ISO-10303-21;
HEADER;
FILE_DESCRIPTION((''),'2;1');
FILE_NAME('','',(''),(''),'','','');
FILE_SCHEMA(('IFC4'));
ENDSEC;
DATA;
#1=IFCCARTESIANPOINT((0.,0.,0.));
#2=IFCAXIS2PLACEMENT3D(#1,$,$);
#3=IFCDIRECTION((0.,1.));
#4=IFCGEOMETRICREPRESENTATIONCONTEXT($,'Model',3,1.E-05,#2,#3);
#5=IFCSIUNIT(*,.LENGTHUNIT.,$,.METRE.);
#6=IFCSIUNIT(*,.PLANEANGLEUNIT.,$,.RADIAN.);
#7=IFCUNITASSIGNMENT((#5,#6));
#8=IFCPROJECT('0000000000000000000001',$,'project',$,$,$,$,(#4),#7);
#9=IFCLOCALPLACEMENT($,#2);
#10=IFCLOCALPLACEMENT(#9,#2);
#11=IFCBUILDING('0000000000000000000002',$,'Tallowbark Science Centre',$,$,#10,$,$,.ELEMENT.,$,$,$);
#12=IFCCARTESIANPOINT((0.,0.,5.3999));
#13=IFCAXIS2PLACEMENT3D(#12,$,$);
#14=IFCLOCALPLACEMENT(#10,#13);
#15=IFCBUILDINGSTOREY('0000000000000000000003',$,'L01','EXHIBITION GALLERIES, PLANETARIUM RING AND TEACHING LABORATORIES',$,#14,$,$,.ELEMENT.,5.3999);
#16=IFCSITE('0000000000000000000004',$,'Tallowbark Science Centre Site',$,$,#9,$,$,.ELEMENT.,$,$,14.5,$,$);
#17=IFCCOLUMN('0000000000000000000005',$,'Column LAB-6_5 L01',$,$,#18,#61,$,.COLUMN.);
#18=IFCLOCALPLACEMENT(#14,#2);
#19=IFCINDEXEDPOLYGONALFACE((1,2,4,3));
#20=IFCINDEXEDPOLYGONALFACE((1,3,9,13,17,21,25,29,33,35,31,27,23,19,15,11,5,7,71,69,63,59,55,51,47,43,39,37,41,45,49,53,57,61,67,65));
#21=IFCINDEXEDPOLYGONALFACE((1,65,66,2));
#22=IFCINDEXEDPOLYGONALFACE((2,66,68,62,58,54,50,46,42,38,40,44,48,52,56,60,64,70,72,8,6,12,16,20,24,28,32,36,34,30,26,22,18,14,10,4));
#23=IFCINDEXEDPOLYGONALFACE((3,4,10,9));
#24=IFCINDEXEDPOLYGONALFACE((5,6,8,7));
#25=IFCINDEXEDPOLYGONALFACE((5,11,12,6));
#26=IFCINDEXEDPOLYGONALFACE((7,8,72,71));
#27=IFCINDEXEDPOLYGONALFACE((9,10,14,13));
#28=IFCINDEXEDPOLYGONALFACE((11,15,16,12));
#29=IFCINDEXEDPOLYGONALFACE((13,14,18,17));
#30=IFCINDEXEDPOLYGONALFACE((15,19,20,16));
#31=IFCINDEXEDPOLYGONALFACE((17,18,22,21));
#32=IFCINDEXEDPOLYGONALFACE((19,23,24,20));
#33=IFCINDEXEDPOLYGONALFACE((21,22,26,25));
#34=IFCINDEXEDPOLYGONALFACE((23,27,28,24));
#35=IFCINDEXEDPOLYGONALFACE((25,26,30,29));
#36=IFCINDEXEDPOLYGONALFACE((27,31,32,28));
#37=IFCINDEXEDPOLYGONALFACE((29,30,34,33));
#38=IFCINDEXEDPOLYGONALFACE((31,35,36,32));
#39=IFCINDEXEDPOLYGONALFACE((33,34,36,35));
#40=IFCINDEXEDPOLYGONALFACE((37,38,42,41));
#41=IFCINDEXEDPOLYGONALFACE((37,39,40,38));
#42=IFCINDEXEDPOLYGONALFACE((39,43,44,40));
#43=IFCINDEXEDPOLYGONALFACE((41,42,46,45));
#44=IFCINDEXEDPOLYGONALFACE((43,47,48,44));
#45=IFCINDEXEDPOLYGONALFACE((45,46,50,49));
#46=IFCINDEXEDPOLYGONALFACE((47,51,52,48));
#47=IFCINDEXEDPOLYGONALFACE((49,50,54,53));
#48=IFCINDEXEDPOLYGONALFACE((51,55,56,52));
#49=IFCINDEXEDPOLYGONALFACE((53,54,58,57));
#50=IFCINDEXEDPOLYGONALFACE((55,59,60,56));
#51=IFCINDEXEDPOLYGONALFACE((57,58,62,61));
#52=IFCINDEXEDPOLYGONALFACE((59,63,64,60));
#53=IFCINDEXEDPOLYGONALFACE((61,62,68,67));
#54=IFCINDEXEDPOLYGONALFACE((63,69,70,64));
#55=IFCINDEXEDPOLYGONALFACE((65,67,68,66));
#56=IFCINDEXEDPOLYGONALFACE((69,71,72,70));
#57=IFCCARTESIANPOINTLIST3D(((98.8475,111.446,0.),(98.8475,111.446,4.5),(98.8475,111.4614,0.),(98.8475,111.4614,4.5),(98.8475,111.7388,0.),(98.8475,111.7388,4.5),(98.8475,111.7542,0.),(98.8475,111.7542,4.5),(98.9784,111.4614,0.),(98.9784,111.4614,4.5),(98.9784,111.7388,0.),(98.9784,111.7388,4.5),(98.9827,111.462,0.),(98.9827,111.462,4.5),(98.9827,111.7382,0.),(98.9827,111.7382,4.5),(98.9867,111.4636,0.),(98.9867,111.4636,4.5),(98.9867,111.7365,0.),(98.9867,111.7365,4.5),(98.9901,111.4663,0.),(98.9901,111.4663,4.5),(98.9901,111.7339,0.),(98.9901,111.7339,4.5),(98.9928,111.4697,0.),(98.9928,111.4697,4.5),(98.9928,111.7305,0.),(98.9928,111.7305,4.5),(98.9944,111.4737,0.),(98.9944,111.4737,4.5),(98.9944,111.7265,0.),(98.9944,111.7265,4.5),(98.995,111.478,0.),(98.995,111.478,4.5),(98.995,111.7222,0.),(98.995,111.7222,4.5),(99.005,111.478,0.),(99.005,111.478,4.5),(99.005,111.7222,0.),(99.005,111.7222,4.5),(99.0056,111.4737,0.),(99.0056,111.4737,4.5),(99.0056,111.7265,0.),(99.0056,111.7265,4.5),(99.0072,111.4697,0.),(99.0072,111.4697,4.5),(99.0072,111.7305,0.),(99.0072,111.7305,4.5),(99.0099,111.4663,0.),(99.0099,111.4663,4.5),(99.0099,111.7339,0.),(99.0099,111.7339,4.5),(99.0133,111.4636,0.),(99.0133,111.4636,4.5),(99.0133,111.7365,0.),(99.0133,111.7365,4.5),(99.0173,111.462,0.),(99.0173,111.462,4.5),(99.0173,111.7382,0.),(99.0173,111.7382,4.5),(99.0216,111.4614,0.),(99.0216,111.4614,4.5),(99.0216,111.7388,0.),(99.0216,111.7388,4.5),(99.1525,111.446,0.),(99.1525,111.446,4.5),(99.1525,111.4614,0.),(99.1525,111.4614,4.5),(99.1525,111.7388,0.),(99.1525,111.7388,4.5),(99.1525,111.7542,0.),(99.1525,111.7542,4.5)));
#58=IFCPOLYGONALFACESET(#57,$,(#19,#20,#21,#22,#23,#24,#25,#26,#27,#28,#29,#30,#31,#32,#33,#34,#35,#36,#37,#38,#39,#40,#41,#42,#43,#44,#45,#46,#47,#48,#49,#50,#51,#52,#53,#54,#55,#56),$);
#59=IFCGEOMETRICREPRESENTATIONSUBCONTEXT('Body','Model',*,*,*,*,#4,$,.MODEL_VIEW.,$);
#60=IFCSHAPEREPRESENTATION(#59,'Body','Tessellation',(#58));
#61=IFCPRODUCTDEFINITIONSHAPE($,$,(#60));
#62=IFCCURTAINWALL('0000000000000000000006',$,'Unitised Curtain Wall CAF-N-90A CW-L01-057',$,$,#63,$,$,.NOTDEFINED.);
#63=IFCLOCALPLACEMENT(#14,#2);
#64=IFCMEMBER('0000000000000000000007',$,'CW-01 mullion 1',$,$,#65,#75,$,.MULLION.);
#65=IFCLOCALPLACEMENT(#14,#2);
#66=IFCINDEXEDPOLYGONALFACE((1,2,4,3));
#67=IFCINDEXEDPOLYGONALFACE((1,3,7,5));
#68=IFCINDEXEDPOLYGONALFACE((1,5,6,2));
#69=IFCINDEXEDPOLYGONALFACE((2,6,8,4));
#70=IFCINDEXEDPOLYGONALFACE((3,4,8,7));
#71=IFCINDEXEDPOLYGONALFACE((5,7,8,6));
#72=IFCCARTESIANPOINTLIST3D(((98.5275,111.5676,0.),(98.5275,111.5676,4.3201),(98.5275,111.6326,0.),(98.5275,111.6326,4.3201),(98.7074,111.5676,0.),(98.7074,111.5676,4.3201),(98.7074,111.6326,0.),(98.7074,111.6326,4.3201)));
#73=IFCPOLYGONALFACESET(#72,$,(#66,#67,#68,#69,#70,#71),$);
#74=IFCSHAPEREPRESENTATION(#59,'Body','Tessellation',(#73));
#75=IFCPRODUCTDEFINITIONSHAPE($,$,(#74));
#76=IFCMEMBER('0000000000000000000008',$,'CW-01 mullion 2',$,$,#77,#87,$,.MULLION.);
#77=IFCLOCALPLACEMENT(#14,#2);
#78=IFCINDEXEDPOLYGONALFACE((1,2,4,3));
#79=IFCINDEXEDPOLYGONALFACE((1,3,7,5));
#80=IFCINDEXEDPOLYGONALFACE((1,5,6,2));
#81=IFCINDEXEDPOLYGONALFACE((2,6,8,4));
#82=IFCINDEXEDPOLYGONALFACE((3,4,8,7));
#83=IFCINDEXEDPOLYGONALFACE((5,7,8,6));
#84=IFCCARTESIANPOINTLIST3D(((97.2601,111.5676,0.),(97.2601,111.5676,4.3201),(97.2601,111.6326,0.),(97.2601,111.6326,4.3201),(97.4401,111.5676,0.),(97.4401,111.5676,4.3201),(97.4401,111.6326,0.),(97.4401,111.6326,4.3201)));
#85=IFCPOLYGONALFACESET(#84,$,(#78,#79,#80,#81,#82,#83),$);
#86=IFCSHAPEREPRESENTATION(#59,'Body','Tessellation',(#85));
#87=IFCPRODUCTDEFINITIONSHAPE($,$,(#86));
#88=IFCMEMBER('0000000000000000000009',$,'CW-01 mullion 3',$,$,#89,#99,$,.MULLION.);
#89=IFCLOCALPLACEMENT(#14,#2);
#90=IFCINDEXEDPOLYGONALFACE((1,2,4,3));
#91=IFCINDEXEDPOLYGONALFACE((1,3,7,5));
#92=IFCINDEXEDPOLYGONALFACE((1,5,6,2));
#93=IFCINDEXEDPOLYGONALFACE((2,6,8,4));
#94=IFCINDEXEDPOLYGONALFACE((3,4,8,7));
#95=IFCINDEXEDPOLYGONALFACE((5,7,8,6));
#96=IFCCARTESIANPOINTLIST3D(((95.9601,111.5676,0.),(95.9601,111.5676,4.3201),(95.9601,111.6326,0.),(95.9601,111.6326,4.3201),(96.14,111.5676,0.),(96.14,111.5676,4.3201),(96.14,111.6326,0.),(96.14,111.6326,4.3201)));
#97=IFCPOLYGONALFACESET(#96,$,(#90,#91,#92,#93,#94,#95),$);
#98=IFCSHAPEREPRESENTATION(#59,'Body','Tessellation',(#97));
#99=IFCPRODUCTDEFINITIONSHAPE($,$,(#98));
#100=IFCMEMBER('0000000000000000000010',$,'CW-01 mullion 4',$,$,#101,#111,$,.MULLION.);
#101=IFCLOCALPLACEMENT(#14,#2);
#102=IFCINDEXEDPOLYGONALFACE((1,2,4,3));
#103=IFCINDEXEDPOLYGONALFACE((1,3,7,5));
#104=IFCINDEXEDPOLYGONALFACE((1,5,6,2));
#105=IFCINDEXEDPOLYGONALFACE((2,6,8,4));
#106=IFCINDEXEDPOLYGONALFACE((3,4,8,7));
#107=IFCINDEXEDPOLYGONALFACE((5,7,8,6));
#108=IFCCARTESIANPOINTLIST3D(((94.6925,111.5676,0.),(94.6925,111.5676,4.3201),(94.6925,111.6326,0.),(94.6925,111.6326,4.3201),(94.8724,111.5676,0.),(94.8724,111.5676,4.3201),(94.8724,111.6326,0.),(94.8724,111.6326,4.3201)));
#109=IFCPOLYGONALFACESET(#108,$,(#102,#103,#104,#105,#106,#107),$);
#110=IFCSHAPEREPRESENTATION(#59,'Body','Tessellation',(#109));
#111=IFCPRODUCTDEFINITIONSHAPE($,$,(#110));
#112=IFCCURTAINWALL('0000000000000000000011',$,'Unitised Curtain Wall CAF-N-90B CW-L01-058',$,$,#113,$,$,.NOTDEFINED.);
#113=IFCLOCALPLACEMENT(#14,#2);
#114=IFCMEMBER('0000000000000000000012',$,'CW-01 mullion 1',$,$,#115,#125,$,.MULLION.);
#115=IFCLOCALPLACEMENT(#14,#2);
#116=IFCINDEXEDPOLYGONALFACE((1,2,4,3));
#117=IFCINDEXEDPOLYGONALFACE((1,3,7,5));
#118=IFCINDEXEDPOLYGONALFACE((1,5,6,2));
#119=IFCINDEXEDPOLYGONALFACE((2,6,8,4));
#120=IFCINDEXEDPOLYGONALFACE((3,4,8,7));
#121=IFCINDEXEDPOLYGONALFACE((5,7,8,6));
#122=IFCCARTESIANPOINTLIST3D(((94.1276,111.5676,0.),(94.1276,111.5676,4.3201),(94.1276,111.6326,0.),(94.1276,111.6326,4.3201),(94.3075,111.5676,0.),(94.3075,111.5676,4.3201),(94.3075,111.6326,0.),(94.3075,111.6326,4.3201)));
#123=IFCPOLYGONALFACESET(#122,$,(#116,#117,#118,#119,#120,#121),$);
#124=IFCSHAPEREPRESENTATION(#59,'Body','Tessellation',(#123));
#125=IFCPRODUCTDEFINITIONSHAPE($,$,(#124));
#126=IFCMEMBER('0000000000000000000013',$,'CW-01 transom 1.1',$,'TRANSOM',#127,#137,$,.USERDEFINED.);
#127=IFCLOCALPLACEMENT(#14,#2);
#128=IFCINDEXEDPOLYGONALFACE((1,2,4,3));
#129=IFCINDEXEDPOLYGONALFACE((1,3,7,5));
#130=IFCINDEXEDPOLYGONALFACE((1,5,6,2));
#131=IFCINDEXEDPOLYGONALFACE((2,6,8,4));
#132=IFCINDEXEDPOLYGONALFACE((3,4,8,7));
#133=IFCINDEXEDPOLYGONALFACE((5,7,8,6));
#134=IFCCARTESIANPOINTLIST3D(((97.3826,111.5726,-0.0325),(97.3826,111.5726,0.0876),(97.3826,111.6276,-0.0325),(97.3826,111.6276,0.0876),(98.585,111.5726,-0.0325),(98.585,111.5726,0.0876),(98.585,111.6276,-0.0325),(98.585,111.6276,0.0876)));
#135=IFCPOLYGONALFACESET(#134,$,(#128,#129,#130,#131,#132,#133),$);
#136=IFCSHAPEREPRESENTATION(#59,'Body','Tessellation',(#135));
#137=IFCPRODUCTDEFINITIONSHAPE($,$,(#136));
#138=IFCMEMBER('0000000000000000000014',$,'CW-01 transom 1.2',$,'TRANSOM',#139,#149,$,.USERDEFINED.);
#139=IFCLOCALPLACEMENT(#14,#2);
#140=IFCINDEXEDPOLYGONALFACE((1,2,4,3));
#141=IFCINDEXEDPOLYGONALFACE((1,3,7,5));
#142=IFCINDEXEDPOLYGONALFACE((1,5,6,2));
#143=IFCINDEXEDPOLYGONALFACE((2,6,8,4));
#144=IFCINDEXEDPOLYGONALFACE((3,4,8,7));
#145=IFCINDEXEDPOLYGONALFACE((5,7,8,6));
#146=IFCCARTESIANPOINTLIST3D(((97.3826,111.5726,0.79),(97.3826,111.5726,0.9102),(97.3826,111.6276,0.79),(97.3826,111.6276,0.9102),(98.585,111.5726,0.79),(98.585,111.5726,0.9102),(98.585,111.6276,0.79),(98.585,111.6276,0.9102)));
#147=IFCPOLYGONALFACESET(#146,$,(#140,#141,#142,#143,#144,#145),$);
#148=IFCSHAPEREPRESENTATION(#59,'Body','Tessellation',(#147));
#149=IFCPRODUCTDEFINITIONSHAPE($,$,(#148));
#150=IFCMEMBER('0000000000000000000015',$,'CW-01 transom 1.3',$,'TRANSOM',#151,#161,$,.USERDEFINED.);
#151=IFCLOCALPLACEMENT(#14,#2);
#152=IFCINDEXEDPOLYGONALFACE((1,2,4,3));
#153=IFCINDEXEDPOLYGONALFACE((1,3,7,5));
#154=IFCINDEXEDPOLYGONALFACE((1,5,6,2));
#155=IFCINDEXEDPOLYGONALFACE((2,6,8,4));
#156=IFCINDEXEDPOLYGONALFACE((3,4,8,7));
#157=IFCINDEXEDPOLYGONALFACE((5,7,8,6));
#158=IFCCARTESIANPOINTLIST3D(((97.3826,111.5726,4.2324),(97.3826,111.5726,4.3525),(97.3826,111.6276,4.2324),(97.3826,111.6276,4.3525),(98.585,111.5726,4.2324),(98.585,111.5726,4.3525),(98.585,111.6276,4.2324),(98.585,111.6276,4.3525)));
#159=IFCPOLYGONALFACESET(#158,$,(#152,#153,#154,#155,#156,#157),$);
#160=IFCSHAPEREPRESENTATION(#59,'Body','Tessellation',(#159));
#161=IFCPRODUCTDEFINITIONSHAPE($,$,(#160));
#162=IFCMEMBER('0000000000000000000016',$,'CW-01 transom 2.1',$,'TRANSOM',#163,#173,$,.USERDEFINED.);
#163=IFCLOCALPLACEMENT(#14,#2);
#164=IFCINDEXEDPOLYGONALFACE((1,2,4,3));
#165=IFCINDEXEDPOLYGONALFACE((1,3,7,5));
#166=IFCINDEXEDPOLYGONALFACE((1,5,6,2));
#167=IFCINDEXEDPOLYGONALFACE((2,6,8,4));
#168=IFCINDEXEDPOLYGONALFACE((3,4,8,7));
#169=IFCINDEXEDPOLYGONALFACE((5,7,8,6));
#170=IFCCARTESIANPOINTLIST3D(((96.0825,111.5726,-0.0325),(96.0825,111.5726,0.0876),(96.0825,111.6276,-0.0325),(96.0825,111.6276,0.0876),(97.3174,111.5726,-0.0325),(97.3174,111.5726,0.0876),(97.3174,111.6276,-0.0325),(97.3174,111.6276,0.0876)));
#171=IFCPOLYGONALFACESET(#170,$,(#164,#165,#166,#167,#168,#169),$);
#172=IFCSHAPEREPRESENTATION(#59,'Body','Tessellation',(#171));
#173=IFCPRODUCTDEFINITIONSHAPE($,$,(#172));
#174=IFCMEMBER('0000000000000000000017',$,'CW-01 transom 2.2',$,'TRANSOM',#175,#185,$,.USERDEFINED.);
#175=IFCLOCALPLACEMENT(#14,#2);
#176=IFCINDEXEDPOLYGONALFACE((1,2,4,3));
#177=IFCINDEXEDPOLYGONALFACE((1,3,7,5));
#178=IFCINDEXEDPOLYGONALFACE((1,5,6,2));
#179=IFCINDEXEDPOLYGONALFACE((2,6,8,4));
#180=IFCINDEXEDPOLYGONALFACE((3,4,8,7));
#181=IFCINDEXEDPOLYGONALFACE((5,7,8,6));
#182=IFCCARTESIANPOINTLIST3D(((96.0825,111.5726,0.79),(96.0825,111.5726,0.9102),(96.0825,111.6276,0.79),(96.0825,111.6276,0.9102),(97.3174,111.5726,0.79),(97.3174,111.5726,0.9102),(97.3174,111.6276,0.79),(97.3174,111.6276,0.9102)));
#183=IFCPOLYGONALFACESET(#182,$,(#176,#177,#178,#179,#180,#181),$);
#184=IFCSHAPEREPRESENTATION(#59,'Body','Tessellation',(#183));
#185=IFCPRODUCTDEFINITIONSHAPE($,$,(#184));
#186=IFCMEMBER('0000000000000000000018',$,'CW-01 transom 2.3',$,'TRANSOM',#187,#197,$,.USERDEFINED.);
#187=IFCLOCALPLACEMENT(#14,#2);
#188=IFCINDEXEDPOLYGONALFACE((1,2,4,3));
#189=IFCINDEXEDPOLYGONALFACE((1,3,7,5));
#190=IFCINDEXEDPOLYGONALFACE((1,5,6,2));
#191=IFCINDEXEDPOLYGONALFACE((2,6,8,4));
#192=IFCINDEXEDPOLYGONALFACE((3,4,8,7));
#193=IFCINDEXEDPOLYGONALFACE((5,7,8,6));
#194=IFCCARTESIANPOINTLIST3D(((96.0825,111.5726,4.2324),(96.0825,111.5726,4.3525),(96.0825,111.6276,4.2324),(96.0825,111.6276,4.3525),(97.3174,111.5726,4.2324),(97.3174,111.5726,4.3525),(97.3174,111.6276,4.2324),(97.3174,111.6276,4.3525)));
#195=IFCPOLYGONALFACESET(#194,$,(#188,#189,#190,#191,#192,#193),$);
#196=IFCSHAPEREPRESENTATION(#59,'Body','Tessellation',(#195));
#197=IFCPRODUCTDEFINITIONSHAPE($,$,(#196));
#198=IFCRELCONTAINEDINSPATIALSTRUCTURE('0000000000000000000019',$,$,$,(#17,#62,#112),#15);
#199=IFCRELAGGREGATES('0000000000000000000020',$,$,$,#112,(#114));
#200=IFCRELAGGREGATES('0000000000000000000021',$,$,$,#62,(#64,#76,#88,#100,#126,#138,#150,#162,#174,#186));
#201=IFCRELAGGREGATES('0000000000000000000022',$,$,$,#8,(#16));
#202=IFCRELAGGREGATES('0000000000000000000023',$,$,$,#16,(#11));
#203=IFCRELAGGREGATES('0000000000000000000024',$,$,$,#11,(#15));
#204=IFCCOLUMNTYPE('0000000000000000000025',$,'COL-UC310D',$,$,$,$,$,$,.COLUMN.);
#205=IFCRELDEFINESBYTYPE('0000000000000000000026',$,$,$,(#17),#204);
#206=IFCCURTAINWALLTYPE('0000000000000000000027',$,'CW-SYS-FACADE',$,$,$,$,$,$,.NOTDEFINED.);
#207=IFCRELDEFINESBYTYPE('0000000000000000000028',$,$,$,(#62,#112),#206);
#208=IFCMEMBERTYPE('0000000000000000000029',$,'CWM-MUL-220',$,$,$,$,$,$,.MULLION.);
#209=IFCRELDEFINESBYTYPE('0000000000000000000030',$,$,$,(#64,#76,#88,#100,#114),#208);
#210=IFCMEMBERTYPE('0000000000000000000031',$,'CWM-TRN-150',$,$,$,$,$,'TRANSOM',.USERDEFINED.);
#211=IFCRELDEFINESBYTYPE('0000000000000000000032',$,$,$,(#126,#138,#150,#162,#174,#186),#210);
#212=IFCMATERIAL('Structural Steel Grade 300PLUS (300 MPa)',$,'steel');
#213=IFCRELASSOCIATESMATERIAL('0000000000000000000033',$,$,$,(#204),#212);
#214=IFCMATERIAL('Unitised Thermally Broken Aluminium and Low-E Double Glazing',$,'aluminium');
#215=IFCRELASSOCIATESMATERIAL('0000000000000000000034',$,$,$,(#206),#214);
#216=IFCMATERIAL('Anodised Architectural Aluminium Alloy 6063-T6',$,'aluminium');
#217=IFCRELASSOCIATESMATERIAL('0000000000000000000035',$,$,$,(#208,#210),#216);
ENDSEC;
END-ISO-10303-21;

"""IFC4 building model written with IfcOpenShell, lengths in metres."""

from ifc_helpers import new_model, si_unit, direction, frame, origin, origin_2d, place, context, subcontext, project, spatial, rectangle, i_section, extrude, material, material_profile, profile_set, type_object, element, aggregate, save


model = new_model("IFC4")

# Units and contexts
model_context = context("Model", 3, precision=1e-05, world=origin(), true_north=direction((0.0, 1.0)))
body_context = subcontext(model_context, "Body", "Model", "MODEL_VIEW")
ifc_project = project(units=[si_unit("LENGTHUNIT", "METRE"), si_unit("PLANEANGLEUNIT", "RADIAN")], contexts=[model_context])

# Site, building, storey
site_placement = place(None, origin())
site = spatial("IfcSite", under=ifc_project, at=site_placement, Name="Tallowbark Science Centre Site", CompositionType="ELEMENT", RefElevation=14.5)
building_placement = place(site_placement, origin())
building = spatial("IfcBuilding", under=site, at=building_placement, Name="Tallowbark Science Centre", CompositionType="ELEMENT")
storey_placement = place(building_placement, frame((0.0, 0.0, 5.3999)))
storey = spatial("IfcBuildingStorey", under=building, at=storey_placement, Name="L01", Description="EXHIBITION GALLERIES, PLANETARIUM RING AND TEACHING LABORATORIES", CompositionType="ELEMENT", Elevation=5.3999)

# Column
ifc_material_1 = material(Name="Structural Steel Grade 300PLUS (300 MPa)", Category="steel")
ifc_material_profile_1 = material_profile(ifc_material_1, i_section(OverallWidth=0.3049, OverallDepth=0.3081, WebThickness=0.01, FlangeThickness=0.0154, FilletRadius=0.0166, at=origin_2d()), Name="310UC96.8")
ifc_profile_set_1 = profile_set([ifc_material_profile_1], Name="Structural Steel Grade 300PLUS (300 MPa)")
column_type = type_object("IfcColumnType", Name="COL-UC310D", PredefinedType="COLUMN", material=ifc_profile_set_1)
column_placement = place(storey_placement, frame((99.0, 111.6001, 0.0), z_axis=(0.0, 0.0, 1.0), x_axis=(1.0, 0.0, 0.0)))
element("IfcColumn", 1, at=column_placement, inside=storey, type_object=column_type, Name="Column LAB-6_5 L01", PredefinedType="COLUMN", context=body_context, shape_type="SweptSolid", body=[
    extrude(i_section(OverallWidth=0.3049, OverallDepth=0.3081, WebThickness=0.01, FlangeThickness=0.0154, FilletRadius=0.0166, at=origin_2d()), origin(), (0.0, 0.0, 1.0), 4.5),
])

# Curtain wall, members
ifc_material_2 = material(Name="Unitised Thermally Broken Aluminium and Low-E Double Glazing", Category="aluminium")
curtain_wall_type = type_object("IfcCurtainWallType", Name="CW-SYS-FACADE", PredefinedType="NOTDEFINED", material=ifc_material_2)
curtain_wall_1_placement = place(storey_placement, origin())
curtain_wall_1 = element("IfcCurtainWall", 2, at=curtain_wall_1_placement, inside=storey, type_object=curtain_wall_type, Name="Unitised Curtain Wall CAF-N-90A CW-L01-057", PredefinedType="NOTDEFINED")
ifc_material_3 = material(Name="Anodised Architectural Aluminium Alloy 6063-T6", Category="aluminium")
ifc_material_profile_2 = material_profile(ifc_material_3, rectangle(XDim=0.0649, YDim=0.1799, at=origin_2d()), Name="ALU65x180")
ifc_profile_set_2 = profile_set([ifc_material_profile_2], Name="Anodised Architectural Aluminium Alloy 6063-T6")
member_type_1 = type_object("IfcMemberType", Name="CWM-MUL-220", PredefinedType="MULLION", material=ifc_profile_set_2)
member_1_placement = place(storey_placement, frame((98.6174, 111.6001, 0.0), z_axis=(0.0, 0.0, 1.0), x_axis=(0.0, -1.0, 0.0)))
member_1 = element("IfcMember", 3, at=member_1_placement, type_object=member_type_1, Name="CW-01 mullion 1", PredefinedType="MULLION", context=body_context, shape_type="SweptSolid", body=[
    extrude(rectangle(XDim=0.0649, YDim=0.1799, at=origin_2d()), origin(), (0.0, 0.0, 1.0), 4.3201),
])
member_2_placement = place(storey_placement, frame((97.3501, 111.6001, 0.0), z_axis=(0.0, 0.0, 1.0), x_axis=(0.0, -1.0, 0.0)))
member_2 = element("IfcMember", 4, at=member_2_placement, type_object=member_type_1, Name="CW-01 mullion 2", PredefinedType="MULLION", context=body_context, shape_type="SweptSolid", body=[
    extrude(rectangle(XDim=0.0649, YDim=0.1799, at=origin_2d()), origin(), (0.0, 0.0, 1.0), 4.3201),
])
member_3_placement = place(storey_placement, frame((96.05, 111.6001, 0.0), z_axis=(0.0, 0.0, 1.0), x_axis=(0.0, -1.0, 0.0)))
member_3 = element("IfcMember", 5, at=member_3_placement, type_object=member_type_1, Name="CW-01 mullion 3", PredefinedType="MULLION", context=body_context, shape_type="SweptSolid", body=[
    extrude(rectangle(XDim=0.0649, YDim=0.1799, at=origin_2d()), origin(), (0.0, 0.0, 1.0), 4.3201),
])
member_4_placement = place(storey_placement, frame((94.7825, 111.6001, 0.0), z_axis=(0.0, 0.0, 1.0), x_axis=(0.0, -1.0, 0.0)))
member_4 = element("IfcMember", 6, at=member_4_placement, type_object=member_type_1, Name="CW-01 mullion 4", PredefinedType="MULLION", context=body_context, shape_type="SweptSolid", body=[
    extrude(rectangle(XDim=0.0649, YDim=0.1799, at=origin_2d()), origin(), (0.0, 0.0, 1.0), 4.3201),
])

# Curtain wall, member
curtain_wall_2_placement = place(storey_placement, origin())
curtain_wall_2 = element("IfcCurtainWall", 7, at=curtain_wall_2_placement, inside=storey, type_object=curtain_wall_type, Name="Unitised Curtain Wall CAF-N-90B CW-L01-058", PredefinedType="NOTDEFINED")
member_5_placement = place(storey_placement, frame((94.2175, 111.6001, 0.0), z_axis=(0.0, 0.0, 1.0), x_axis=(0.0, -1.0, 0.0)))
member_5 = element("IfcMember", 8, at=member_5_placement, type_object=member_type_1, Name="CW-01 mullion 1", PredefinedType="MULLION", context=body_context, shape_type="SweptSolid", body=[
    extrude(rectangle(XDim=0.0649, YDim=0.1799, at=origin_2d()), origin(), (0.0, 0.0, 1.0), 4.3201),
])
aggregate(curtain_wall_2, [member_5])

# Members
ifc_material_profile_3 = material_profile(ifc_material_3, rectangle(XDim=0.0549, YDim=0.1201, at=origin_2d()), Name="ALU55x120")
ifc_profile_set_3 = profile_set([ifc_material_profile_3], Name="Anodised Architectural Aluminium Alloy 6063-T6")
member_type_2 = type_object("IfcMemberType", Name="CWM-TRN-150", ElementType="TRANSOM", PredefinedType="USERDEFINED", material=ifc_profile_set_3)
member_6_placement = place(storey_placement, frame((98.585, 111.6001, 0.0276), z_axis=(-1.0, 0.0, 0.0), x_axis=(0.0, -1.0, 0.0)))
member_6 = element("IfcMember", 9, at=member_6_placement, type_object=member_type_2, Name="CW-01 transom 1.1", ObjectType="TRANSOM", PredefinedType="USERDEFINED", context=body_context, shape_type="SweptSolid", body=[
    extrude(rectangle(XDim=0.0549, YDim=0.1201, at=origin_2d()), origin(), (0.0, 0.0, 1.0), 1.2024),
])
member_7_placement = place(storey_placement, frame((98.585, 111.6001, 0.8501), z_axis=(-1.0, 0.0, 0.0), x_axis=(0.0, -1.0, 0.0)))
member_7 = element("IfcMember", 10, at=member_7_placement, type_object=member_type_2, Name="CW-01 transom 1.2", ObjectType="TRANSOM", PredefinedType="USERDEFINED", context=body_context, shape_type="SweptSolid", body=[
    extrude(rectangle(XDim=0.0549, YDim=0.1201, at=origin_2d()), origin(), (0.0, 0.0, 1.0), 1.2024),
])
member_8_placement = place(storey_placement, frame((98.585, 111.6001, 4.2925), z_axis=(-1.0, 0.0, 0.0), x_axis=(0.0, -1.0, 0.0)))
member_8 = element("IfcMember", 11, at=member_8_placement, type_object=member_type_2, Name="CW-01 transom 1.3", ObjectType="TRANSOM", PredefinedType="USERDEFINED", context=body_context, shape_type="SweptSolid", body=[
    extrude(rectangle(XDim=0.0549, YDim=0.1201, at=origin_2d()), origin(), (0.0, 0.0, 1.0), 1.2024),
])
member_9_placement = place(storey_placement, frame((97.3174, 111.6001, 0.0276), z_axis=(-1.0, 0.0, 0.0), x_axis=(0.0, -1.0, 0.0)))
member_9 = element("IfcMember", 12, at=member_9_placement, type_object=member_type_2, Name="CW-01 transom 2.1", ObjectType="TRANSOM", PredefinedType="USERDEFINED", context=body_context, shape_type="SweptSolid", body=[
    extrude(rectangle(XDim=0.0549, YDim=0.1201, at=origin_2d()), origin(), (0.0, 0.0, 1.0), 1.2349),
])
member_10_placement = place(storey_placement, frame((97.3174, 111.6001, 0.8501), z_axis=(-1.0, 0.0, 0.0), x_axis=(0.0, -1.0, 0.0)))
member_10 = element("IfcMember", 13, at=member_10_placement, type_object=member_type_2, Name="CW-01 transom 2.2", ObjectType="TRANSOM", PredefinedType="USERDEFINED", context=body_context, shape_type="SweptSolid", body=[
    extrude(rectangle(XDim=0.0549, YDim=0.1201, at=origin_2d()), origin(), (0.0, 0.0, 1.0), 1.2349),
])
member_11_placement = place(storey_placement, frame((97.3174, 111.6001, 4.2925), z_axis=(-1.0, 0.0, 0.0), x_axis=(0.0, -1.0, 0.0)))
member_11 = element("IfcMember", 14, at=member_11_placement, type_object=member_type_2, Name="CW-01 transom 2.3", ObjectType="TRANSOM", PredefinedType="USERDEFINED", context=body_context, shape_type="SweptSolid", body=[
    extrude(rectangle(XDim=0.0549, YDim=0.1201, at=origin_2d()), origin(), (0.0, 0.0, 1.0), 1.2349),
])

aggregate(curtain_wall_1, [member_1, member_2, member_3, member_4, member_6, member_7, member_8, member_9, member_10, member_11])

save(model, "model.ifc")
